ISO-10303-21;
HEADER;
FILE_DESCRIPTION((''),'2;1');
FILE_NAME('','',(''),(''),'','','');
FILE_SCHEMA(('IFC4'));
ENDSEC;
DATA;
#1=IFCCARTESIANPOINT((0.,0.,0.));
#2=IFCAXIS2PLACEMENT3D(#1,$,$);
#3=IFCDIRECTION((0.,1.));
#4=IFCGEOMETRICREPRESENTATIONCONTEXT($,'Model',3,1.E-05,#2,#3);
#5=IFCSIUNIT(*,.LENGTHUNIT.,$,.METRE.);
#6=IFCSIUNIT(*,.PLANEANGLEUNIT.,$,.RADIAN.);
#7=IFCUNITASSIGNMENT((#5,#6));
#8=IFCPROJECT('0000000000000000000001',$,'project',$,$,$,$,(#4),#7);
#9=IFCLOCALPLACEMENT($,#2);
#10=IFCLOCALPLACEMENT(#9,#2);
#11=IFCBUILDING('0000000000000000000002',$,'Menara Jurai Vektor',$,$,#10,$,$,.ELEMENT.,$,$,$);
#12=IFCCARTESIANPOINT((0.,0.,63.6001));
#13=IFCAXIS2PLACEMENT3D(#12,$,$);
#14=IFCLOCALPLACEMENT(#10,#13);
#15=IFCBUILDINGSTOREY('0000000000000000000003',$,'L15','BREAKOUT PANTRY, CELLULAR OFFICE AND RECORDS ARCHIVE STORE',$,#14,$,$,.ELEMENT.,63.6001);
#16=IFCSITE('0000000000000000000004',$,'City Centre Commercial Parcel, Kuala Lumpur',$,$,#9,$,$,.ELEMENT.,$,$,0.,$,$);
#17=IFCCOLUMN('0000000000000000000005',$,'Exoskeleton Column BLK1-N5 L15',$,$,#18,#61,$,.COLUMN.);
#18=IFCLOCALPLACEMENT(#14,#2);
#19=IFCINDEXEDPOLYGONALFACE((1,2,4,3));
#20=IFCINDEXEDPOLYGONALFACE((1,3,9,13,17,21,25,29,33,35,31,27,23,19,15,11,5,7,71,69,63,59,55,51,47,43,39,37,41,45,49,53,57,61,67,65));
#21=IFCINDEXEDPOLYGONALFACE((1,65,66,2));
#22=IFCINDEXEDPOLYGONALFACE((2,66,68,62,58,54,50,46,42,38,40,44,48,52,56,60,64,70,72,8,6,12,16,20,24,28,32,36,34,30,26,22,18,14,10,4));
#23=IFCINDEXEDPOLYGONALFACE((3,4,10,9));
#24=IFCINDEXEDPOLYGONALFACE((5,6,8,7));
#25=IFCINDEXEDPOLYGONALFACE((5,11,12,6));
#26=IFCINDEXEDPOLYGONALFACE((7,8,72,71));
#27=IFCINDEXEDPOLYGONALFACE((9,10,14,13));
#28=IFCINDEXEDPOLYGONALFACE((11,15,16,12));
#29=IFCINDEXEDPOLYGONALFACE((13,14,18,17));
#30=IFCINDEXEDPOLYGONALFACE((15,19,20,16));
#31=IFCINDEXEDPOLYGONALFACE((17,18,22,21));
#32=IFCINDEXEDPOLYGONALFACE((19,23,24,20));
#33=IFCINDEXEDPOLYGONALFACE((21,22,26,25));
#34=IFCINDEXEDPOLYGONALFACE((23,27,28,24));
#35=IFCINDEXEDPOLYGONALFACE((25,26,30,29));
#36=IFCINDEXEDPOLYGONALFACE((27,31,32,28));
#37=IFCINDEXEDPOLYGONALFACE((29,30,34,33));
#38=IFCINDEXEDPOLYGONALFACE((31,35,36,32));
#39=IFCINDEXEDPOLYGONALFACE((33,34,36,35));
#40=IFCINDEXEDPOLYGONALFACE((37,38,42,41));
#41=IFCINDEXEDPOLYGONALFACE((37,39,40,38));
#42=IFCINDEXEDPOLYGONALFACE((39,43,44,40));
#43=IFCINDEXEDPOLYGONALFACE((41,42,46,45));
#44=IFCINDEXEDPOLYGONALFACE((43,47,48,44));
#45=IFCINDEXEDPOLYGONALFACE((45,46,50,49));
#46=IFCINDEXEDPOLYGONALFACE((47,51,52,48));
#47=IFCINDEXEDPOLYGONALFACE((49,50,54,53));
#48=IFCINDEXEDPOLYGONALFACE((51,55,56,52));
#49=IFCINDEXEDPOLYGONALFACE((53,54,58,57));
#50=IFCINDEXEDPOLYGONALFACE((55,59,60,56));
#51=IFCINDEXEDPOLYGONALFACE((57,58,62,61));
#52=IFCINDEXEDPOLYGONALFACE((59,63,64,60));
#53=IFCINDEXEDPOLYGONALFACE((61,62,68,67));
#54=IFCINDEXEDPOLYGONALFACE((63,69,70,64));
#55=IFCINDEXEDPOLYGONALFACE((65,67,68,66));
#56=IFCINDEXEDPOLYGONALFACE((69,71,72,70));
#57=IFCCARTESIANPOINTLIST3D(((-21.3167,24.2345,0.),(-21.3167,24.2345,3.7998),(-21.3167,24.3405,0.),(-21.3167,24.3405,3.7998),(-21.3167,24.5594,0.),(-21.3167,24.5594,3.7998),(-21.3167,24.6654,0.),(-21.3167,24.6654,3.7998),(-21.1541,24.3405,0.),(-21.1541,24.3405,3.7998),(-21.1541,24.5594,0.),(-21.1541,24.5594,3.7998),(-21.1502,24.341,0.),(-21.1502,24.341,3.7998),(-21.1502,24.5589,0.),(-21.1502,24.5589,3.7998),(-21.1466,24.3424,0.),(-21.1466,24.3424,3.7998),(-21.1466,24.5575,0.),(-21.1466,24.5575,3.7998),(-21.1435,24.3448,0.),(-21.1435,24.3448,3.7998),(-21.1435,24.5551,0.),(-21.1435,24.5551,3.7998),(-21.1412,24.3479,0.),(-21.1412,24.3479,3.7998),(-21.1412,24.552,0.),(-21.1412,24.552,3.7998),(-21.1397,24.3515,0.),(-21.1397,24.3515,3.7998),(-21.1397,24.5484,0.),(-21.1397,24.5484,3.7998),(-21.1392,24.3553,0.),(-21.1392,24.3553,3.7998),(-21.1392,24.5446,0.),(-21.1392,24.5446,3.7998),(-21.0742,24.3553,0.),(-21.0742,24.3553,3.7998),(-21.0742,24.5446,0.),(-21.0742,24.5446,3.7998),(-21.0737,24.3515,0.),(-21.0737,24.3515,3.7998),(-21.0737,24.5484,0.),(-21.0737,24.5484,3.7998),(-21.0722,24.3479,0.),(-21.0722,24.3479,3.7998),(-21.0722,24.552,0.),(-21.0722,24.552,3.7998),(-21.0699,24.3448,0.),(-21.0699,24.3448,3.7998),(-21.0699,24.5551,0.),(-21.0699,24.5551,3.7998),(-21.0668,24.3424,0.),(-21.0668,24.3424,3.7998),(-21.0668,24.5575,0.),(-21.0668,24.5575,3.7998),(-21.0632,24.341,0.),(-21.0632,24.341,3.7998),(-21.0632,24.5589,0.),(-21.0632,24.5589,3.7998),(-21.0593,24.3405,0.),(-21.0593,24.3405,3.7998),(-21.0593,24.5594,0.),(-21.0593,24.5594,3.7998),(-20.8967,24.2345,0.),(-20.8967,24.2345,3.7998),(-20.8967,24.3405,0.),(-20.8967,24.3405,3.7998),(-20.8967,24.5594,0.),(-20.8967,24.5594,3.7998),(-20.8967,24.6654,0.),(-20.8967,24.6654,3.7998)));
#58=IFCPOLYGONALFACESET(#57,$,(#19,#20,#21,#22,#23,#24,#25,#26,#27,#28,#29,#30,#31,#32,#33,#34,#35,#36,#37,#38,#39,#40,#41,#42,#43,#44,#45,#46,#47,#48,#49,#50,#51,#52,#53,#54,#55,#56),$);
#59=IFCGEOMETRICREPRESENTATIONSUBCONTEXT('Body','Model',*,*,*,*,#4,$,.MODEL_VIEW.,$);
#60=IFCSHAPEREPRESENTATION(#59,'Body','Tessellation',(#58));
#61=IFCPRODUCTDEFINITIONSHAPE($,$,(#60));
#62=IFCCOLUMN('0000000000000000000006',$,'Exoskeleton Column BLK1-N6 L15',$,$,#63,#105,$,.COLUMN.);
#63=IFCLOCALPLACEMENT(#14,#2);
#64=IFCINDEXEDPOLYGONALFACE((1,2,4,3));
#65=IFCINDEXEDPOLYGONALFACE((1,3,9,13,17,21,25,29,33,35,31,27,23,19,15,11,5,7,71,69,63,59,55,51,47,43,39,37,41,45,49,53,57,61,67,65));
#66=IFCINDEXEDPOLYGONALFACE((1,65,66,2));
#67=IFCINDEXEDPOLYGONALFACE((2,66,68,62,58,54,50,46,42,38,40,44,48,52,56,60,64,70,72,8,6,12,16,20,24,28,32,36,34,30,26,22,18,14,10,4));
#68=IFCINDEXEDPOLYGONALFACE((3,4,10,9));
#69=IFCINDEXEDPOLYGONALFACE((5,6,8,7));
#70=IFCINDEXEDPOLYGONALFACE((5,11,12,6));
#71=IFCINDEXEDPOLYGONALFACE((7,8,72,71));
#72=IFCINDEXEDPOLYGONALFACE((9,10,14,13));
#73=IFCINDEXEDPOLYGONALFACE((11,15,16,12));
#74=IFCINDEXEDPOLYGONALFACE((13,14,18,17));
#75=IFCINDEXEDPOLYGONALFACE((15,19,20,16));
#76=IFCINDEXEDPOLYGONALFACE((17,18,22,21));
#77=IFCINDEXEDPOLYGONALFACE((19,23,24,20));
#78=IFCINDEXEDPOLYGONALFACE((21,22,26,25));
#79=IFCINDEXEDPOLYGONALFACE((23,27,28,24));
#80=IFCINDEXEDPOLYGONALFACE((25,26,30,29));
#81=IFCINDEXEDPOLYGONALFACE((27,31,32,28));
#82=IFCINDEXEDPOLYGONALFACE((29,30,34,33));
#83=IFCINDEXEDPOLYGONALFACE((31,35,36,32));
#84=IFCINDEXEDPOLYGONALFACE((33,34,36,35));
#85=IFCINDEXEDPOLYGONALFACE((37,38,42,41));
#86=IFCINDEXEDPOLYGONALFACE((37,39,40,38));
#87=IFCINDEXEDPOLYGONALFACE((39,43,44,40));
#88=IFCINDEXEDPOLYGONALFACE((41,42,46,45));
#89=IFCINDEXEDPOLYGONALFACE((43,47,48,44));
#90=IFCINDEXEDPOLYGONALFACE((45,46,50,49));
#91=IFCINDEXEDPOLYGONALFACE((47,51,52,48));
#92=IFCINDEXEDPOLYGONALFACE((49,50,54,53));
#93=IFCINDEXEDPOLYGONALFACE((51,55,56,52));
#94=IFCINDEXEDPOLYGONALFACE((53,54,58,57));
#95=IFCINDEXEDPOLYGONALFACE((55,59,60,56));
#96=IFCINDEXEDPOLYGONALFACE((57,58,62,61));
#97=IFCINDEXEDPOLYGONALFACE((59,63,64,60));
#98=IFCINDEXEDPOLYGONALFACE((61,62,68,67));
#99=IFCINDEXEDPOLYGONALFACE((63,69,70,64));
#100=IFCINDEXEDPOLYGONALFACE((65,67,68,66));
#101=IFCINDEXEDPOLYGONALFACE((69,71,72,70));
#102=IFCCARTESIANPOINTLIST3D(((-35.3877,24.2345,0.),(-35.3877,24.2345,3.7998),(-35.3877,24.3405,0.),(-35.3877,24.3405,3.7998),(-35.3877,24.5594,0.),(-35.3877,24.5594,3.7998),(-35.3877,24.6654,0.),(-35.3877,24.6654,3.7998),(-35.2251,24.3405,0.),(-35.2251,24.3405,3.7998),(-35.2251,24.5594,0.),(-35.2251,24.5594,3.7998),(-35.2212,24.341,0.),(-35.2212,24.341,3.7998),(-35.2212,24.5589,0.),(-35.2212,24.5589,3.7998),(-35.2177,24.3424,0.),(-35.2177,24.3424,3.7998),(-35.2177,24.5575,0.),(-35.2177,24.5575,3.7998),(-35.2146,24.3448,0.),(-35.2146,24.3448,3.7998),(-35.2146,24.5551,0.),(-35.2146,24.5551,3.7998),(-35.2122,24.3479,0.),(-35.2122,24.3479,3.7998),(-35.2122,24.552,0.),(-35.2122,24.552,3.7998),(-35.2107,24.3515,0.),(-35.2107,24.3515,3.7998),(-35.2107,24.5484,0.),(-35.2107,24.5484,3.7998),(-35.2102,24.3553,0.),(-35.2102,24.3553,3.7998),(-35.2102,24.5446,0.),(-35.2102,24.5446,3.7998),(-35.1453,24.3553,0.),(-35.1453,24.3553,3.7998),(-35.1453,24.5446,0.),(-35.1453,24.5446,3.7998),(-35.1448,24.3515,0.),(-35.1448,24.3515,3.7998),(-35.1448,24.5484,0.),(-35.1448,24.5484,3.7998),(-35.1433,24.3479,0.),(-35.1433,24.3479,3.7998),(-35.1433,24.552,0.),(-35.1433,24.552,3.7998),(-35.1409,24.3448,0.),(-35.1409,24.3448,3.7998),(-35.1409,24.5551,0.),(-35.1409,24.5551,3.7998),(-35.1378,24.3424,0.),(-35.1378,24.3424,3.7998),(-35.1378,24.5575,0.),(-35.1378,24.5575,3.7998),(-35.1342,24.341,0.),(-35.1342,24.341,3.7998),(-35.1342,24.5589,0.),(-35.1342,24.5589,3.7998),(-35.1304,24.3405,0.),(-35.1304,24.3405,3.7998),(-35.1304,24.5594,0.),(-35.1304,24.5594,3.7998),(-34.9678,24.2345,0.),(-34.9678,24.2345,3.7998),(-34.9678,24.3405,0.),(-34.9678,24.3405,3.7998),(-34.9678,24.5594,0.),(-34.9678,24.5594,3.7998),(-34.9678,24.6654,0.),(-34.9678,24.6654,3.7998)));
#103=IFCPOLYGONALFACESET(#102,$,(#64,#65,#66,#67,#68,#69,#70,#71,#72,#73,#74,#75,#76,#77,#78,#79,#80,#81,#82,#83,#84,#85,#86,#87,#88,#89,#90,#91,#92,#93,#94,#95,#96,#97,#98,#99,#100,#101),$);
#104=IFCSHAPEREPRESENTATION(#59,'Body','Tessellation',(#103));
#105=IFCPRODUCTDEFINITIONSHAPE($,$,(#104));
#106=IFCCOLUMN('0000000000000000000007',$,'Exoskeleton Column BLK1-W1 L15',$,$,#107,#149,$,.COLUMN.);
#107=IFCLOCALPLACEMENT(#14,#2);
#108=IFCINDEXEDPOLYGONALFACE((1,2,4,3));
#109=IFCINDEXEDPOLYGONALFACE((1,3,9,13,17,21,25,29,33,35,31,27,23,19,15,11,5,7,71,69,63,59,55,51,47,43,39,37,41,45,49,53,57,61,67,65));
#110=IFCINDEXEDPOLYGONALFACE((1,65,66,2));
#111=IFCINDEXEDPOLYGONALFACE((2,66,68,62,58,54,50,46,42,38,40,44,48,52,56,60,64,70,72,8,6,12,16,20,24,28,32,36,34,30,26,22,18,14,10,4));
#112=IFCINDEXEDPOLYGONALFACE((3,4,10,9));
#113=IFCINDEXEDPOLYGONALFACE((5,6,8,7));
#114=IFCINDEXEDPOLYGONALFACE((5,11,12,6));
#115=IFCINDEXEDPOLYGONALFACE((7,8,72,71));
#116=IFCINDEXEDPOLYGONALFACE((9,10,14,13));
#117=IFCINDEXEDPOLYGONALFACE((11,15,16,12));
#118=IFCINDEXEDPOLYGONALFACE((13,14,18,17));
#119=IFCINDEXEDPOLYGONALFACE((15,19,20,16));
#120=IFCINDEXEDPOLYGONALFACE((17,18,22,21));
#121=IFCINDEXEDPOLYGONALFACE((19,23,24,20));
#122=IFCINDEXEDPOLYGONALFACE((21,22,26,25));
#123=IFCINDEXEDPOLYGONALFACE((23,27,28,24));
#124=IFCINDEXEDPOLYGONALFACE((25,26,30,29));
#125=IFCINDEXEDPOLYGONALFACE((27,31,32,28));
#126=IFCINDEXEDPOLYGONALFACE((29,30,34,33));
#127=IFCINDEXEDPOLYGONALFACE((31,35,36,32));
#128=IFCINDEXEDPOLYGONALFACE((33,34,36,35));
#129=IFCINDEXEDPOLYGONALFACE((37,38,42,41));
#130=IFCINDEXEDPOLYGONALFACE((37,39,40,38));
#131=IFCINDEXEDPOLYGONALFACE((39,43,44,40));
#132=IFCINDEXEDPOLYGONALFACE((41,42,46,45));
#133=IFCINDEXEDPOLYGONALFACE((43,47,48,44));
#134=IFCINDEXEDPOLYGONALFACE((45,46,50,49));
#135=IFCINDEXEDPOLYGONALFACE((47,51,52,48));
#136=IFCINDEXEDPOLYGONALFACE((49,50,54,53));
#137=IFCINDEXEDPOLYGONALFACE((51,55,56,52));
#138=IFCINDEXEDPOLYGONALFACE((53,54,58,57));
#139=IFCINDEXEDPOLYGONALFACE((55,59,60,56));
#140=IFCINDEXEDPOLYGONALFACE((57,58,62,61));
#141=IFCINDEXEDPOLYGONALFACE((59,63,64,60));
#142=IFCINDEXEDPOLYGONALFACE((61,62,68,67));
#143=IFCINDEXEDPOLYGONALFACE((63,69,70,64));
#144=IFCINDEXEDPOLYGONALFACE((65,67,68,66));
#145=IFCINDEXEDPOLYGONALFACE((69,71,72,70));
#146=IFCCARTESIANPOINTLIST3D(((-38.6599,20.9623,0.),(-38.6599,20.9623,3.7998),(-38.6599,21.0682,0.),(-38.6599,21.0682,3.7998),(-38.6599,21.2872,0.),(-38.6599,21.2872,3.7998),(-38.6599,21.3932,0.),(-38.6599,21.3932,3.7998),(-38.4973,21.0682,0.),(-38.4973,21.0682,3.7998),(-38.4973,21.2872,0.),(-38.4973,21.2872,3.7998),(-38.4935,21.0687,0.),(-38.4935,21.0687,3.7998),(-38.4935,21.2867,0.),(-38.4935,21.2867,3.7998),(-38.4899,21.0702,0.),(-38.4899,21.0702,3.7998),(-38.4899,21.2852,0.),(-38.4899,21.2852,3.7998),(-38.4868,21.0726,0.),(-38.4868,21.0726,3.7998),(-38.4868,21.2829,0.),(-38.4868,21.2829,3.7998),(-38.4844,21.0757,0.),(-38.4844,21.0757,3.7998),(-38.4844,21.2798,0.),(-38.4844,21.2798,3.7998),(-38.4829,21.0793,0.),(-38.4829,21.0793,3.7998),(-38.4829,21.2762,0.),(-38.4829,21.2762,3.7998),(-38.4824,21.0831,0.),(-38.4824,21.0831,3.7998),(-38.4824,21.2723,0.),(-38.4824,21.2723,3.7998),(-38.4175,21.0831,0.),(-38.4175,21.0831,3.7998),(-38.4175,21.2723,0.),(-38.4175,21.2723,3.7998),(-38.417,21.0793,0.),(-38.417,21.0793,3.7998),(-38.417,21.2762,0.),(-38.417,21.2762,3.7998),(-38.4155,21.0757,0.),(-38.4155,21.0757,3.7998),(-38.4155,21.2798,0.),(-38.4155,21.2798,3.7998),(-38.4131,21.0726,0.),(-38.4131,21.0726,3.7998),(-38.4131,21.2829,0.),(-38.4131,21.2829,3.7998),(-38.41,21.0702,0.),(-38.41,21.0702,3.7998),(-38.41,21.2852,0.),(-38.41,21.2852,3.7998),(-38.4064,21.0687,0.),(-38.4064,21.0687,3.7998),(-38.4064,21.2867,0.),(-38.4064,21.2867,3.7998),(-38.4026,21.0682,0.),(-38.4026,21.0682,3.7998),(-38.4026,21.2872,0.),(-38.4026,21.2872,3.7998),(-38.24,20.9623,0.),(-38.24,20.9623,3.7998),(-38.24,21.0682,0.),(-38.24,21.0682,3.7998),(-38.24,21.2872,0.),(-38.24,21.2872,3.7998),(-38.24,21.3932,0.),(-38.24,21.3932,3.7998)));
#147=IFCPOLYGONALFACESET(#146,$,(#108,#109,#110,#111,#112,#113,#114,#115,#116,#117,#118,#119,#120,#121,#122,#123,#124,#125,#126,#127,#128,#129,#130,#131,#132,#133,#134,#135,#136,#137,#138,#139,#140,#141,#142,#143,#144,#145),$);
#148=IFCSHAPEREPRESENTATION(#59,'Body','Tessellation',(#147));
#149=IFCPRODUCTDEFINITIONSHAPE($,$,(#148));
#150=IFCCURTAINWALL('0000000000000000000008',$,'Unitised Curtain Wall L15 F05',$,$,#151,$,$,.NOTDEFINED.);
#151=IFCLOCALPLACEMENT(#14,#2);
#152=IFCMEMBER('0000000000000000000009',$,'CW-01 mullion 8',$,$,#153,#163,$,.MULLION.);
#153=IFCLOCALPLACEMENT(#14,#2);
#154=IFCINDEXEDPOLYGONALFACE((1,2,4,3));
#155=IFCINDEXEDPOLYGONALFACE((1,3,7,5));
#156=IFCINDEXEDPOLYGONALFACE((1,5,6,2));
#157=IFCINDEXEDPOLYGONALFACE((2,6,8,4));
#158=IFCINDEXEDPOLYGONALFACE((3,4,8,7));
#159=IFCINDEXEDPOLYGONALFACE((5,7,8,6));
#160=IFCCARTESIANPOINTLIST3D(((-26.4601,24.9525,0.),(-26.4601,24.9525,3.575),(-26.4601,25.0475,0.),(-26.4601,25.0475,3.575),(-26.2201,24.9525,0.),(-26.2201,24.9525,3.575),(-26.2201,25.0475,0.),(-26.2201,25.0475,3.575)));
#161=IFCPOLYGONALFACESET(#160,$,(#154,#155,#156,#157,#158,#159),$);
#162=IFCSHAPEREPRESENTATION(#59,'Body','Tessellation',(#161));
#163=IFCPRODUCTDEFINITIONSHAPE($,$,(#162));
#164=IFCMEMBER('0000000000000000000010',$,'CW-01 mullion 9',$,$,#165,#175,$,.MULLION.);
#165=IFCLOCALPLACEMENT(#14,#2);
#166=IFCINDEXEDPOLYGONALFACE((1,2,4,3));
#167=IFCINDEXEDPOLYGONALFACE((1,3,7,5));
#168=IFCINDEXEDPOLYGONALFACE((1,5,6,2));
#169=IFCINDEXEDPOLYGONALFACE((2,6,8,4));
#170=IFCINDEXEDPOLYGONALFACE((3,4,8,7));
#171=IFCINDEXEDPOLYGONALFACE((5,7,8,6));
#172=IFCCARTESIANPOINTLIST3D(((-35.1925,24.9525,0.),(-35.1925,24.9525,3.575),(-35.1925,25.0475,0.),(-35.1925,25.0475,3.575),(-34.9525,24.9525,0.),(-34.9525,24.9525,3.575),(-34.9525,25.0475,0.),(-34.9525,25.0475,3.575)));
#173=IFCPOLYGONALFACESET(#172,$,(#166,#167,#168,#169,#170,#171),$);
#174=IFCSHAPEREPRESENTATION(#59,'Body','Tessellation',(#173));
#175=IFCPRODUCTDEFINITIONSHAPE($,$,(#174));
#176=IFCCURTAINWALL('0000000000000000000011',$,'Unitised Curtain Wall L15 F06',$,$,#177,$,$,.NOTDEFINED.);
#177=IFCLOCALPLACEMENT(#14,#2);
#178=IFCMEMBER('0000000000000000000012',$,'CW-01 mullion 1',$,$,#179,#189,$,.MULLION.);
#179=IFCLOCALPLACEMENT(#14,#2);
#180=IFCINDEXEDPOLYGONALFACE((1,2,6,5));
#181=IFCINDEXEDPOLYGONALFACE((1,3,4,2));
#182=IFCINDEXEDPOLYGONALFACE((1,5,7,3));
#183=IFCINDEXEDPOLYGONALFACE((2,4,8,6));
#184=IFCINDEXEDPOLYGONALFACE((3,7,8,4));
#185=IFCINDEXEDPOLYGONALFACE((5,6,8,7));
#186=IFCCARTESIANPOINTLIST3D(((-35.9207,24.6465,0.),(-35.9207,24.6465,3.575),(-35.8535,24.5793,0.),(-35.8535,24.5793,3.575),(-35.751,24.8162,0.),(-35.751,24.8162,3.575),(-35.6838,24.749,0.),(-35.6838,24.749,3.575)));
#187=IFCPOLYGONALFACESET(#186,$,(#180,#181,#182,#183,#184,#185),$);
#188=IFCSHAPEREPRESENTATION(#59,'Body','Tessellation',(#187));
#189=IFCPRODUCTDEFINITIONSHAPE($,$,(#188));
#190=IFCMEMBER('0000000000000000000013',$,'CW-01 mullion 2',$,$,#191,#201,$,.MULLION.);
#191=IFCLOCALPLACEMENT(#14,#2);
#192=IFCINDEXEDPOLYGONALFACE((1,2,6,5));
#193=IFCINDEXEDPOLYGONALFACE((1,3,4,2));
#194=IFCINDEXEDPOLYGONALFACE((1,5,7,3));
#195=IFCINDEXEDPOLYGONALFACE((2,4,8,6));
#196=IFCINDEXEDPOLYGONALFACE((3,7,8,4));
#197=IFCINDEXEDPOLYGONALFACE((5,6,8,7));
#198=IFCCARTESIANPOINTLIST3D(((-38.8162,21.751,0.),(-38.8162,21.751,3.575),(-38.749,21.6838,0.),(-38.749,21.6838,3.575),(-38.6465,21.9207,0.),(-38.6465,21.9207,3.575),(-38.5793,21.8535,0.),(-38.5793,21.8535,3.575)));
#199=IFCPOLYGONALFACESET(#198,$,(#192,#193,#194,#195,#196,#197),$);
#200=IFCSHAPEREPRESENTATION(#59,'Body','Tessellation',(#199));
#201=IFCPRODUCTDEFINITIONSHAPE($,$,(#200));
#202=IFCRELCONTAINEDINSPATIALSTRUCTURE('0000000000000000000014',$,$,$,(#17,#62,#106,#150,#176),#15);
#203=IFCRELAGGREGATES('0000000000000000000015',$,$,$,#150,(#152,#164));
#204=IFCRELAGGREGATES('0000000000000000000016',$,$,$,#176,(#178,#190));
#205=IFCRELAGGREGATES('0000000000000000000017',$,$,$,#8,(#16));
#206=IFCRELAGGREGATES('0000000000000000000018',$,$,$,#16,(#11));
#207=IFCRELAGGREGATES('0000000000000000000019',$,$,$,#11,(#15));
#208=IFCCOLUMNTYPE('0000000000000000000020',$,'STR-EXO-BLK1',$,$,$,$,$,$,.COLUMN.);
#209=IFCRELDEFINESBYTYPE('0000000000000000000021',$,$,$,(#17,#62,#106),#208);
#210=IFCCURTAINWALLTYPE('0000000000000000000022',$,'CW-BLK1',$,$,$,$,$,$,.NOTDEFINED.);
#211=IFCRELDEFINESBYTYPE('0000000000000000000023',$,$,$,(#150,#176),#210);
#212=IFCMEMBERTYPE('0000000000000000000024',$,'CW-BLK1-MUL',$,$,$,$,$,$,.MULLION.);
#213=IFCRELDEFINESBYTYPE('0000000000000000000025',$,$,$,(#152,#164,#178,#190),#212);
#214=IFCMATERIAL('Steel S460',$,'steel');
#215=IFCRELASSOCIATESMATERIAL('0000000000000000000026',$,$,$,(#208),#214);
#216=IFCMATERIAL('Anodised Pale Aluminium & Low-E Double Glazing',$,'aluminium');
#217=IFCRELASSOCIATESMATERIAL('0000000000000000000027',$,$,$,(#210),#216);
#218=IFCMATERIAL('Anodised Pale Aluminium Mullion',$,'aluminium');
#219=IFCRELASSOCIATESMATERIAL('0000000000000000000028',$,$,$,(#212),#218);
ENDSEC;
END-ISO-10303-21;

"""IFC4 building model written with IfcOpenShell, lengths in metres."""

from ifc_helpers import new_model, si_unit, direction, frame, origin, origin_2d, place, context, subcontext, project, spatial, rectangle, i_section, extrude, material, material_profile, profile_set, type_object, element, aggregate, save


model = new_model("IFC4")

# Units and contexts
model_context = context("Model", 3, precision=1e-05, world=origin(), true_north=direction((0.0, 1.0)))
body_context = subcontext(model_context, "Body", "Model", "MODEL_VIEW")
ifc_project = project(units=[si_unit("LENGTHUNIT", "METRE"), si_unit("PLANEANGLEUNIT", "RADIAN")], contexts=[model_context])

# Site, building, storey
site_placement = place(None, origin())
site = spatial("IfcSite", under=ifc_project, at=site_placement, Name="City Centre Commercial Parcel, Kuala Lumpur", CompositionType="ELEMENT", RefElevation=0.0)
building_placement = place(site_placement, origin())
building = spatial("IfcBuilding", under=site, at=building_placement, Name="Menara Jurai Vektor", CompositionType="ELEMENT")
storey_placement = place(building_placement, frame((0.0, 0.0, 63.6001)))
storey = spatial("IfcBuildingStorey", under=building, at=storey_placement, Name="L15", Description="BREAKOUT PANTRY, CELLULAR OFFICE AND RECORDS ARCHIVE STORE", CompositionType="ELEMENT", Elevation=63.6001)

# Columns
ifc_material_1 = material(Name="Steel S460", Category="steel")
ifc_material_profile_1 = material_profile(ifc_material_1, i_section(OverallWidth=0.4199, OverallDepth=0.4309, WebThickness=0.0649, FlangeThickness=0.106, FilletRadius=0.0149, at=origin_2d()), Name="HD 400x900")
ifc_profile_set_1 = profile_set([ifc_material_profile_1], Name="Steel S460")
column_type = type_object("IfcColumnType", Name="STR-EXO-BLK1", PredefinedType="COLUMN", material=ifc_profile_set_1)
for number, where, z_axis, x_axis, name in (
    (1, (-21.1067, 24.45, 0.0), (0.0, 0.0, 1.0), (1.0, 0.0, 0.0), "Exoskeleton Column BLK1-N5 L15"),
    (2, (-35.1777, 24.45, 0.0), (0.0, 0.0, 1.0), (1.0, 0.0, 0.0), "Exoskeleton Column BLK1-N6 L15"),
    (3, (-38.45, 21.1777, 0.0), (0.0, 0.0, 1.0), (1.0, 0.0, 0.0), "Exoskeleton Column BLK1-W1 L15"),
):
    element("IfcColumn", number, at=place(storey_placement, frame(where, z_axis=z_axis, x_axis=x_axis)), inside=storey, type_object=column_type, Name=name, PredefinedType="COLUMN", context=body_context, shape_type="SweptSolid", body=[
        extrude(i_section(OverallWidth=0.4199, OverallDepth=0.4309, WebThickness=0.0649, FlangeThickness=0.106, FilletRadius=0.0149, at=origin_2d()), origin(), (0.0, 0.0, 1.0), 3.7998),
    ])

# Curtain walls, members
ifc_material_2 = material(Name="Anodised Pale Aluminium & Low-E Double Glazing", Category="aluminium")
curtain_wall_type = type_object("IfcCurtainWallType", Name="CW-BLK1", PredefinedType="NOTDEFINED", material=ifc_material_2)
curtain_wall_1_placement = place(storey_placement, origin())
curtain_wall_1 = element("IfcCurtainWall", 4, at=curtain_wall_1_placement, inside=storey, type_object=curtain_wall_type, Name="Unitised Curtain Wall L15 F05", PredefinedType="NOTDEFINED")
ifc_material_3 = material(Name="Anodised Pale Aluminium Mullion", Category="aluminium")
ifc_material_profile_2 = material_profile(ifc_material_3, rectangle(XDim=0.095, YDim=0.24, at=origin_2d()), Name="ALU MUL 95x240")
ifc_profile_set_2 = profile_set([ifc_material_profile_2], Name="Anodised Pale Aluminium Mullion")
member_type_1 = type_object("IfcMemberType", Name="CW-BLK1-MUL", PredefinedType="MULLION", material=ifc_profile_set_2)
member_1_placement = place(storey_placement, frame((-26.3401, 25.0, 0.0), z_axis=(0.0, 0.0, 1.0), x_axis=(0.0, -1.0, 0.0)))
member_1 = element("IfcMember", 5, at=member_1_placement, type_object=member_type_1, Name="CW-01 mullion 8", PredefinedType="MULLION", context=body_context, shape_type="SweptSolid", body=[
    extrude(rectangle(XDim=0.095, YDim=0.24, at=origin_2d()), origin(), (0.0, 0.0, 1.0), 3.575),
])
member_2_placement = place(storey_placement, frame((-35.0725, 25.0, 0.0), z_axis=(0.0, 0.0, 1.0), x_axis=(0.0, -1.0, 0.0)))
member_2 = element("IfcMember", 6, at=member_2_placement, type_object=member_type_1, Name="CW-01 mullion 9", PredefinedType="MULLION", context=body_context, shape_type="SweptSolid", body=[
    extrude(rectangle(XDim=0.095, YDim=0.24, at=origin_2d()), origin(), (0.0, 0.0, 1.0), 3.575),
])
curtain_wall_2_placement = place(storey_placement, origin())
curtain_wall_2 = element("IfcCurtainWall", 7, at=curtain_wall_2_placement, inside=storey, type_object=curtain_wall_type, Name="Unitised Curtain Wall L15 F06", PredefinedType="NOTDEFINED")
member_3_placement = place(storey_placement, frame((-35.8022, 24.6978, 0.0), z_axis=(0.0, 0.0, 1.0), x_axis=(0.707107, -0.707107, 0.0)))
member_3 = element("IfcMember", 8, at=member_3_placement, type_object=member_type_1, Name="CW-01 mullion 1", PredefinedType="MULLION", context=body_context, shape_type="SweptSolid", body=[
    extrude(rectangle(XDim=0.095, YDim=0.24, at=origin_2d()), origin(), (0.0, 0.0, 1.0), 3.575),
])
member_4_placement = place(storey_placement, frame((-38.6978, 21.8022, 0.0), z_axis=(0.0, 0.0, 1.0), x_axis=(0.707107, -0.707107, 0.0)))
member_4 = element("IfcMember", 9, at=member_4_placement, type_object=member_type_1, Name="CW-01 mullion 2", PredefinedType="MULLION", context=body_context, shape_type="SweptSolid", body=[
    extrude(rectangle(XDim=0.095, YDim=0.24, at=origin_2d()), origin(), (0.0, 0.0, 1.0), 3.575),
])

aggregate(curtain_wall_1, [member_1, member_2])
aggregate(curtain_wall_2, [member_3, member_4])

save(model, "model.ifc")
